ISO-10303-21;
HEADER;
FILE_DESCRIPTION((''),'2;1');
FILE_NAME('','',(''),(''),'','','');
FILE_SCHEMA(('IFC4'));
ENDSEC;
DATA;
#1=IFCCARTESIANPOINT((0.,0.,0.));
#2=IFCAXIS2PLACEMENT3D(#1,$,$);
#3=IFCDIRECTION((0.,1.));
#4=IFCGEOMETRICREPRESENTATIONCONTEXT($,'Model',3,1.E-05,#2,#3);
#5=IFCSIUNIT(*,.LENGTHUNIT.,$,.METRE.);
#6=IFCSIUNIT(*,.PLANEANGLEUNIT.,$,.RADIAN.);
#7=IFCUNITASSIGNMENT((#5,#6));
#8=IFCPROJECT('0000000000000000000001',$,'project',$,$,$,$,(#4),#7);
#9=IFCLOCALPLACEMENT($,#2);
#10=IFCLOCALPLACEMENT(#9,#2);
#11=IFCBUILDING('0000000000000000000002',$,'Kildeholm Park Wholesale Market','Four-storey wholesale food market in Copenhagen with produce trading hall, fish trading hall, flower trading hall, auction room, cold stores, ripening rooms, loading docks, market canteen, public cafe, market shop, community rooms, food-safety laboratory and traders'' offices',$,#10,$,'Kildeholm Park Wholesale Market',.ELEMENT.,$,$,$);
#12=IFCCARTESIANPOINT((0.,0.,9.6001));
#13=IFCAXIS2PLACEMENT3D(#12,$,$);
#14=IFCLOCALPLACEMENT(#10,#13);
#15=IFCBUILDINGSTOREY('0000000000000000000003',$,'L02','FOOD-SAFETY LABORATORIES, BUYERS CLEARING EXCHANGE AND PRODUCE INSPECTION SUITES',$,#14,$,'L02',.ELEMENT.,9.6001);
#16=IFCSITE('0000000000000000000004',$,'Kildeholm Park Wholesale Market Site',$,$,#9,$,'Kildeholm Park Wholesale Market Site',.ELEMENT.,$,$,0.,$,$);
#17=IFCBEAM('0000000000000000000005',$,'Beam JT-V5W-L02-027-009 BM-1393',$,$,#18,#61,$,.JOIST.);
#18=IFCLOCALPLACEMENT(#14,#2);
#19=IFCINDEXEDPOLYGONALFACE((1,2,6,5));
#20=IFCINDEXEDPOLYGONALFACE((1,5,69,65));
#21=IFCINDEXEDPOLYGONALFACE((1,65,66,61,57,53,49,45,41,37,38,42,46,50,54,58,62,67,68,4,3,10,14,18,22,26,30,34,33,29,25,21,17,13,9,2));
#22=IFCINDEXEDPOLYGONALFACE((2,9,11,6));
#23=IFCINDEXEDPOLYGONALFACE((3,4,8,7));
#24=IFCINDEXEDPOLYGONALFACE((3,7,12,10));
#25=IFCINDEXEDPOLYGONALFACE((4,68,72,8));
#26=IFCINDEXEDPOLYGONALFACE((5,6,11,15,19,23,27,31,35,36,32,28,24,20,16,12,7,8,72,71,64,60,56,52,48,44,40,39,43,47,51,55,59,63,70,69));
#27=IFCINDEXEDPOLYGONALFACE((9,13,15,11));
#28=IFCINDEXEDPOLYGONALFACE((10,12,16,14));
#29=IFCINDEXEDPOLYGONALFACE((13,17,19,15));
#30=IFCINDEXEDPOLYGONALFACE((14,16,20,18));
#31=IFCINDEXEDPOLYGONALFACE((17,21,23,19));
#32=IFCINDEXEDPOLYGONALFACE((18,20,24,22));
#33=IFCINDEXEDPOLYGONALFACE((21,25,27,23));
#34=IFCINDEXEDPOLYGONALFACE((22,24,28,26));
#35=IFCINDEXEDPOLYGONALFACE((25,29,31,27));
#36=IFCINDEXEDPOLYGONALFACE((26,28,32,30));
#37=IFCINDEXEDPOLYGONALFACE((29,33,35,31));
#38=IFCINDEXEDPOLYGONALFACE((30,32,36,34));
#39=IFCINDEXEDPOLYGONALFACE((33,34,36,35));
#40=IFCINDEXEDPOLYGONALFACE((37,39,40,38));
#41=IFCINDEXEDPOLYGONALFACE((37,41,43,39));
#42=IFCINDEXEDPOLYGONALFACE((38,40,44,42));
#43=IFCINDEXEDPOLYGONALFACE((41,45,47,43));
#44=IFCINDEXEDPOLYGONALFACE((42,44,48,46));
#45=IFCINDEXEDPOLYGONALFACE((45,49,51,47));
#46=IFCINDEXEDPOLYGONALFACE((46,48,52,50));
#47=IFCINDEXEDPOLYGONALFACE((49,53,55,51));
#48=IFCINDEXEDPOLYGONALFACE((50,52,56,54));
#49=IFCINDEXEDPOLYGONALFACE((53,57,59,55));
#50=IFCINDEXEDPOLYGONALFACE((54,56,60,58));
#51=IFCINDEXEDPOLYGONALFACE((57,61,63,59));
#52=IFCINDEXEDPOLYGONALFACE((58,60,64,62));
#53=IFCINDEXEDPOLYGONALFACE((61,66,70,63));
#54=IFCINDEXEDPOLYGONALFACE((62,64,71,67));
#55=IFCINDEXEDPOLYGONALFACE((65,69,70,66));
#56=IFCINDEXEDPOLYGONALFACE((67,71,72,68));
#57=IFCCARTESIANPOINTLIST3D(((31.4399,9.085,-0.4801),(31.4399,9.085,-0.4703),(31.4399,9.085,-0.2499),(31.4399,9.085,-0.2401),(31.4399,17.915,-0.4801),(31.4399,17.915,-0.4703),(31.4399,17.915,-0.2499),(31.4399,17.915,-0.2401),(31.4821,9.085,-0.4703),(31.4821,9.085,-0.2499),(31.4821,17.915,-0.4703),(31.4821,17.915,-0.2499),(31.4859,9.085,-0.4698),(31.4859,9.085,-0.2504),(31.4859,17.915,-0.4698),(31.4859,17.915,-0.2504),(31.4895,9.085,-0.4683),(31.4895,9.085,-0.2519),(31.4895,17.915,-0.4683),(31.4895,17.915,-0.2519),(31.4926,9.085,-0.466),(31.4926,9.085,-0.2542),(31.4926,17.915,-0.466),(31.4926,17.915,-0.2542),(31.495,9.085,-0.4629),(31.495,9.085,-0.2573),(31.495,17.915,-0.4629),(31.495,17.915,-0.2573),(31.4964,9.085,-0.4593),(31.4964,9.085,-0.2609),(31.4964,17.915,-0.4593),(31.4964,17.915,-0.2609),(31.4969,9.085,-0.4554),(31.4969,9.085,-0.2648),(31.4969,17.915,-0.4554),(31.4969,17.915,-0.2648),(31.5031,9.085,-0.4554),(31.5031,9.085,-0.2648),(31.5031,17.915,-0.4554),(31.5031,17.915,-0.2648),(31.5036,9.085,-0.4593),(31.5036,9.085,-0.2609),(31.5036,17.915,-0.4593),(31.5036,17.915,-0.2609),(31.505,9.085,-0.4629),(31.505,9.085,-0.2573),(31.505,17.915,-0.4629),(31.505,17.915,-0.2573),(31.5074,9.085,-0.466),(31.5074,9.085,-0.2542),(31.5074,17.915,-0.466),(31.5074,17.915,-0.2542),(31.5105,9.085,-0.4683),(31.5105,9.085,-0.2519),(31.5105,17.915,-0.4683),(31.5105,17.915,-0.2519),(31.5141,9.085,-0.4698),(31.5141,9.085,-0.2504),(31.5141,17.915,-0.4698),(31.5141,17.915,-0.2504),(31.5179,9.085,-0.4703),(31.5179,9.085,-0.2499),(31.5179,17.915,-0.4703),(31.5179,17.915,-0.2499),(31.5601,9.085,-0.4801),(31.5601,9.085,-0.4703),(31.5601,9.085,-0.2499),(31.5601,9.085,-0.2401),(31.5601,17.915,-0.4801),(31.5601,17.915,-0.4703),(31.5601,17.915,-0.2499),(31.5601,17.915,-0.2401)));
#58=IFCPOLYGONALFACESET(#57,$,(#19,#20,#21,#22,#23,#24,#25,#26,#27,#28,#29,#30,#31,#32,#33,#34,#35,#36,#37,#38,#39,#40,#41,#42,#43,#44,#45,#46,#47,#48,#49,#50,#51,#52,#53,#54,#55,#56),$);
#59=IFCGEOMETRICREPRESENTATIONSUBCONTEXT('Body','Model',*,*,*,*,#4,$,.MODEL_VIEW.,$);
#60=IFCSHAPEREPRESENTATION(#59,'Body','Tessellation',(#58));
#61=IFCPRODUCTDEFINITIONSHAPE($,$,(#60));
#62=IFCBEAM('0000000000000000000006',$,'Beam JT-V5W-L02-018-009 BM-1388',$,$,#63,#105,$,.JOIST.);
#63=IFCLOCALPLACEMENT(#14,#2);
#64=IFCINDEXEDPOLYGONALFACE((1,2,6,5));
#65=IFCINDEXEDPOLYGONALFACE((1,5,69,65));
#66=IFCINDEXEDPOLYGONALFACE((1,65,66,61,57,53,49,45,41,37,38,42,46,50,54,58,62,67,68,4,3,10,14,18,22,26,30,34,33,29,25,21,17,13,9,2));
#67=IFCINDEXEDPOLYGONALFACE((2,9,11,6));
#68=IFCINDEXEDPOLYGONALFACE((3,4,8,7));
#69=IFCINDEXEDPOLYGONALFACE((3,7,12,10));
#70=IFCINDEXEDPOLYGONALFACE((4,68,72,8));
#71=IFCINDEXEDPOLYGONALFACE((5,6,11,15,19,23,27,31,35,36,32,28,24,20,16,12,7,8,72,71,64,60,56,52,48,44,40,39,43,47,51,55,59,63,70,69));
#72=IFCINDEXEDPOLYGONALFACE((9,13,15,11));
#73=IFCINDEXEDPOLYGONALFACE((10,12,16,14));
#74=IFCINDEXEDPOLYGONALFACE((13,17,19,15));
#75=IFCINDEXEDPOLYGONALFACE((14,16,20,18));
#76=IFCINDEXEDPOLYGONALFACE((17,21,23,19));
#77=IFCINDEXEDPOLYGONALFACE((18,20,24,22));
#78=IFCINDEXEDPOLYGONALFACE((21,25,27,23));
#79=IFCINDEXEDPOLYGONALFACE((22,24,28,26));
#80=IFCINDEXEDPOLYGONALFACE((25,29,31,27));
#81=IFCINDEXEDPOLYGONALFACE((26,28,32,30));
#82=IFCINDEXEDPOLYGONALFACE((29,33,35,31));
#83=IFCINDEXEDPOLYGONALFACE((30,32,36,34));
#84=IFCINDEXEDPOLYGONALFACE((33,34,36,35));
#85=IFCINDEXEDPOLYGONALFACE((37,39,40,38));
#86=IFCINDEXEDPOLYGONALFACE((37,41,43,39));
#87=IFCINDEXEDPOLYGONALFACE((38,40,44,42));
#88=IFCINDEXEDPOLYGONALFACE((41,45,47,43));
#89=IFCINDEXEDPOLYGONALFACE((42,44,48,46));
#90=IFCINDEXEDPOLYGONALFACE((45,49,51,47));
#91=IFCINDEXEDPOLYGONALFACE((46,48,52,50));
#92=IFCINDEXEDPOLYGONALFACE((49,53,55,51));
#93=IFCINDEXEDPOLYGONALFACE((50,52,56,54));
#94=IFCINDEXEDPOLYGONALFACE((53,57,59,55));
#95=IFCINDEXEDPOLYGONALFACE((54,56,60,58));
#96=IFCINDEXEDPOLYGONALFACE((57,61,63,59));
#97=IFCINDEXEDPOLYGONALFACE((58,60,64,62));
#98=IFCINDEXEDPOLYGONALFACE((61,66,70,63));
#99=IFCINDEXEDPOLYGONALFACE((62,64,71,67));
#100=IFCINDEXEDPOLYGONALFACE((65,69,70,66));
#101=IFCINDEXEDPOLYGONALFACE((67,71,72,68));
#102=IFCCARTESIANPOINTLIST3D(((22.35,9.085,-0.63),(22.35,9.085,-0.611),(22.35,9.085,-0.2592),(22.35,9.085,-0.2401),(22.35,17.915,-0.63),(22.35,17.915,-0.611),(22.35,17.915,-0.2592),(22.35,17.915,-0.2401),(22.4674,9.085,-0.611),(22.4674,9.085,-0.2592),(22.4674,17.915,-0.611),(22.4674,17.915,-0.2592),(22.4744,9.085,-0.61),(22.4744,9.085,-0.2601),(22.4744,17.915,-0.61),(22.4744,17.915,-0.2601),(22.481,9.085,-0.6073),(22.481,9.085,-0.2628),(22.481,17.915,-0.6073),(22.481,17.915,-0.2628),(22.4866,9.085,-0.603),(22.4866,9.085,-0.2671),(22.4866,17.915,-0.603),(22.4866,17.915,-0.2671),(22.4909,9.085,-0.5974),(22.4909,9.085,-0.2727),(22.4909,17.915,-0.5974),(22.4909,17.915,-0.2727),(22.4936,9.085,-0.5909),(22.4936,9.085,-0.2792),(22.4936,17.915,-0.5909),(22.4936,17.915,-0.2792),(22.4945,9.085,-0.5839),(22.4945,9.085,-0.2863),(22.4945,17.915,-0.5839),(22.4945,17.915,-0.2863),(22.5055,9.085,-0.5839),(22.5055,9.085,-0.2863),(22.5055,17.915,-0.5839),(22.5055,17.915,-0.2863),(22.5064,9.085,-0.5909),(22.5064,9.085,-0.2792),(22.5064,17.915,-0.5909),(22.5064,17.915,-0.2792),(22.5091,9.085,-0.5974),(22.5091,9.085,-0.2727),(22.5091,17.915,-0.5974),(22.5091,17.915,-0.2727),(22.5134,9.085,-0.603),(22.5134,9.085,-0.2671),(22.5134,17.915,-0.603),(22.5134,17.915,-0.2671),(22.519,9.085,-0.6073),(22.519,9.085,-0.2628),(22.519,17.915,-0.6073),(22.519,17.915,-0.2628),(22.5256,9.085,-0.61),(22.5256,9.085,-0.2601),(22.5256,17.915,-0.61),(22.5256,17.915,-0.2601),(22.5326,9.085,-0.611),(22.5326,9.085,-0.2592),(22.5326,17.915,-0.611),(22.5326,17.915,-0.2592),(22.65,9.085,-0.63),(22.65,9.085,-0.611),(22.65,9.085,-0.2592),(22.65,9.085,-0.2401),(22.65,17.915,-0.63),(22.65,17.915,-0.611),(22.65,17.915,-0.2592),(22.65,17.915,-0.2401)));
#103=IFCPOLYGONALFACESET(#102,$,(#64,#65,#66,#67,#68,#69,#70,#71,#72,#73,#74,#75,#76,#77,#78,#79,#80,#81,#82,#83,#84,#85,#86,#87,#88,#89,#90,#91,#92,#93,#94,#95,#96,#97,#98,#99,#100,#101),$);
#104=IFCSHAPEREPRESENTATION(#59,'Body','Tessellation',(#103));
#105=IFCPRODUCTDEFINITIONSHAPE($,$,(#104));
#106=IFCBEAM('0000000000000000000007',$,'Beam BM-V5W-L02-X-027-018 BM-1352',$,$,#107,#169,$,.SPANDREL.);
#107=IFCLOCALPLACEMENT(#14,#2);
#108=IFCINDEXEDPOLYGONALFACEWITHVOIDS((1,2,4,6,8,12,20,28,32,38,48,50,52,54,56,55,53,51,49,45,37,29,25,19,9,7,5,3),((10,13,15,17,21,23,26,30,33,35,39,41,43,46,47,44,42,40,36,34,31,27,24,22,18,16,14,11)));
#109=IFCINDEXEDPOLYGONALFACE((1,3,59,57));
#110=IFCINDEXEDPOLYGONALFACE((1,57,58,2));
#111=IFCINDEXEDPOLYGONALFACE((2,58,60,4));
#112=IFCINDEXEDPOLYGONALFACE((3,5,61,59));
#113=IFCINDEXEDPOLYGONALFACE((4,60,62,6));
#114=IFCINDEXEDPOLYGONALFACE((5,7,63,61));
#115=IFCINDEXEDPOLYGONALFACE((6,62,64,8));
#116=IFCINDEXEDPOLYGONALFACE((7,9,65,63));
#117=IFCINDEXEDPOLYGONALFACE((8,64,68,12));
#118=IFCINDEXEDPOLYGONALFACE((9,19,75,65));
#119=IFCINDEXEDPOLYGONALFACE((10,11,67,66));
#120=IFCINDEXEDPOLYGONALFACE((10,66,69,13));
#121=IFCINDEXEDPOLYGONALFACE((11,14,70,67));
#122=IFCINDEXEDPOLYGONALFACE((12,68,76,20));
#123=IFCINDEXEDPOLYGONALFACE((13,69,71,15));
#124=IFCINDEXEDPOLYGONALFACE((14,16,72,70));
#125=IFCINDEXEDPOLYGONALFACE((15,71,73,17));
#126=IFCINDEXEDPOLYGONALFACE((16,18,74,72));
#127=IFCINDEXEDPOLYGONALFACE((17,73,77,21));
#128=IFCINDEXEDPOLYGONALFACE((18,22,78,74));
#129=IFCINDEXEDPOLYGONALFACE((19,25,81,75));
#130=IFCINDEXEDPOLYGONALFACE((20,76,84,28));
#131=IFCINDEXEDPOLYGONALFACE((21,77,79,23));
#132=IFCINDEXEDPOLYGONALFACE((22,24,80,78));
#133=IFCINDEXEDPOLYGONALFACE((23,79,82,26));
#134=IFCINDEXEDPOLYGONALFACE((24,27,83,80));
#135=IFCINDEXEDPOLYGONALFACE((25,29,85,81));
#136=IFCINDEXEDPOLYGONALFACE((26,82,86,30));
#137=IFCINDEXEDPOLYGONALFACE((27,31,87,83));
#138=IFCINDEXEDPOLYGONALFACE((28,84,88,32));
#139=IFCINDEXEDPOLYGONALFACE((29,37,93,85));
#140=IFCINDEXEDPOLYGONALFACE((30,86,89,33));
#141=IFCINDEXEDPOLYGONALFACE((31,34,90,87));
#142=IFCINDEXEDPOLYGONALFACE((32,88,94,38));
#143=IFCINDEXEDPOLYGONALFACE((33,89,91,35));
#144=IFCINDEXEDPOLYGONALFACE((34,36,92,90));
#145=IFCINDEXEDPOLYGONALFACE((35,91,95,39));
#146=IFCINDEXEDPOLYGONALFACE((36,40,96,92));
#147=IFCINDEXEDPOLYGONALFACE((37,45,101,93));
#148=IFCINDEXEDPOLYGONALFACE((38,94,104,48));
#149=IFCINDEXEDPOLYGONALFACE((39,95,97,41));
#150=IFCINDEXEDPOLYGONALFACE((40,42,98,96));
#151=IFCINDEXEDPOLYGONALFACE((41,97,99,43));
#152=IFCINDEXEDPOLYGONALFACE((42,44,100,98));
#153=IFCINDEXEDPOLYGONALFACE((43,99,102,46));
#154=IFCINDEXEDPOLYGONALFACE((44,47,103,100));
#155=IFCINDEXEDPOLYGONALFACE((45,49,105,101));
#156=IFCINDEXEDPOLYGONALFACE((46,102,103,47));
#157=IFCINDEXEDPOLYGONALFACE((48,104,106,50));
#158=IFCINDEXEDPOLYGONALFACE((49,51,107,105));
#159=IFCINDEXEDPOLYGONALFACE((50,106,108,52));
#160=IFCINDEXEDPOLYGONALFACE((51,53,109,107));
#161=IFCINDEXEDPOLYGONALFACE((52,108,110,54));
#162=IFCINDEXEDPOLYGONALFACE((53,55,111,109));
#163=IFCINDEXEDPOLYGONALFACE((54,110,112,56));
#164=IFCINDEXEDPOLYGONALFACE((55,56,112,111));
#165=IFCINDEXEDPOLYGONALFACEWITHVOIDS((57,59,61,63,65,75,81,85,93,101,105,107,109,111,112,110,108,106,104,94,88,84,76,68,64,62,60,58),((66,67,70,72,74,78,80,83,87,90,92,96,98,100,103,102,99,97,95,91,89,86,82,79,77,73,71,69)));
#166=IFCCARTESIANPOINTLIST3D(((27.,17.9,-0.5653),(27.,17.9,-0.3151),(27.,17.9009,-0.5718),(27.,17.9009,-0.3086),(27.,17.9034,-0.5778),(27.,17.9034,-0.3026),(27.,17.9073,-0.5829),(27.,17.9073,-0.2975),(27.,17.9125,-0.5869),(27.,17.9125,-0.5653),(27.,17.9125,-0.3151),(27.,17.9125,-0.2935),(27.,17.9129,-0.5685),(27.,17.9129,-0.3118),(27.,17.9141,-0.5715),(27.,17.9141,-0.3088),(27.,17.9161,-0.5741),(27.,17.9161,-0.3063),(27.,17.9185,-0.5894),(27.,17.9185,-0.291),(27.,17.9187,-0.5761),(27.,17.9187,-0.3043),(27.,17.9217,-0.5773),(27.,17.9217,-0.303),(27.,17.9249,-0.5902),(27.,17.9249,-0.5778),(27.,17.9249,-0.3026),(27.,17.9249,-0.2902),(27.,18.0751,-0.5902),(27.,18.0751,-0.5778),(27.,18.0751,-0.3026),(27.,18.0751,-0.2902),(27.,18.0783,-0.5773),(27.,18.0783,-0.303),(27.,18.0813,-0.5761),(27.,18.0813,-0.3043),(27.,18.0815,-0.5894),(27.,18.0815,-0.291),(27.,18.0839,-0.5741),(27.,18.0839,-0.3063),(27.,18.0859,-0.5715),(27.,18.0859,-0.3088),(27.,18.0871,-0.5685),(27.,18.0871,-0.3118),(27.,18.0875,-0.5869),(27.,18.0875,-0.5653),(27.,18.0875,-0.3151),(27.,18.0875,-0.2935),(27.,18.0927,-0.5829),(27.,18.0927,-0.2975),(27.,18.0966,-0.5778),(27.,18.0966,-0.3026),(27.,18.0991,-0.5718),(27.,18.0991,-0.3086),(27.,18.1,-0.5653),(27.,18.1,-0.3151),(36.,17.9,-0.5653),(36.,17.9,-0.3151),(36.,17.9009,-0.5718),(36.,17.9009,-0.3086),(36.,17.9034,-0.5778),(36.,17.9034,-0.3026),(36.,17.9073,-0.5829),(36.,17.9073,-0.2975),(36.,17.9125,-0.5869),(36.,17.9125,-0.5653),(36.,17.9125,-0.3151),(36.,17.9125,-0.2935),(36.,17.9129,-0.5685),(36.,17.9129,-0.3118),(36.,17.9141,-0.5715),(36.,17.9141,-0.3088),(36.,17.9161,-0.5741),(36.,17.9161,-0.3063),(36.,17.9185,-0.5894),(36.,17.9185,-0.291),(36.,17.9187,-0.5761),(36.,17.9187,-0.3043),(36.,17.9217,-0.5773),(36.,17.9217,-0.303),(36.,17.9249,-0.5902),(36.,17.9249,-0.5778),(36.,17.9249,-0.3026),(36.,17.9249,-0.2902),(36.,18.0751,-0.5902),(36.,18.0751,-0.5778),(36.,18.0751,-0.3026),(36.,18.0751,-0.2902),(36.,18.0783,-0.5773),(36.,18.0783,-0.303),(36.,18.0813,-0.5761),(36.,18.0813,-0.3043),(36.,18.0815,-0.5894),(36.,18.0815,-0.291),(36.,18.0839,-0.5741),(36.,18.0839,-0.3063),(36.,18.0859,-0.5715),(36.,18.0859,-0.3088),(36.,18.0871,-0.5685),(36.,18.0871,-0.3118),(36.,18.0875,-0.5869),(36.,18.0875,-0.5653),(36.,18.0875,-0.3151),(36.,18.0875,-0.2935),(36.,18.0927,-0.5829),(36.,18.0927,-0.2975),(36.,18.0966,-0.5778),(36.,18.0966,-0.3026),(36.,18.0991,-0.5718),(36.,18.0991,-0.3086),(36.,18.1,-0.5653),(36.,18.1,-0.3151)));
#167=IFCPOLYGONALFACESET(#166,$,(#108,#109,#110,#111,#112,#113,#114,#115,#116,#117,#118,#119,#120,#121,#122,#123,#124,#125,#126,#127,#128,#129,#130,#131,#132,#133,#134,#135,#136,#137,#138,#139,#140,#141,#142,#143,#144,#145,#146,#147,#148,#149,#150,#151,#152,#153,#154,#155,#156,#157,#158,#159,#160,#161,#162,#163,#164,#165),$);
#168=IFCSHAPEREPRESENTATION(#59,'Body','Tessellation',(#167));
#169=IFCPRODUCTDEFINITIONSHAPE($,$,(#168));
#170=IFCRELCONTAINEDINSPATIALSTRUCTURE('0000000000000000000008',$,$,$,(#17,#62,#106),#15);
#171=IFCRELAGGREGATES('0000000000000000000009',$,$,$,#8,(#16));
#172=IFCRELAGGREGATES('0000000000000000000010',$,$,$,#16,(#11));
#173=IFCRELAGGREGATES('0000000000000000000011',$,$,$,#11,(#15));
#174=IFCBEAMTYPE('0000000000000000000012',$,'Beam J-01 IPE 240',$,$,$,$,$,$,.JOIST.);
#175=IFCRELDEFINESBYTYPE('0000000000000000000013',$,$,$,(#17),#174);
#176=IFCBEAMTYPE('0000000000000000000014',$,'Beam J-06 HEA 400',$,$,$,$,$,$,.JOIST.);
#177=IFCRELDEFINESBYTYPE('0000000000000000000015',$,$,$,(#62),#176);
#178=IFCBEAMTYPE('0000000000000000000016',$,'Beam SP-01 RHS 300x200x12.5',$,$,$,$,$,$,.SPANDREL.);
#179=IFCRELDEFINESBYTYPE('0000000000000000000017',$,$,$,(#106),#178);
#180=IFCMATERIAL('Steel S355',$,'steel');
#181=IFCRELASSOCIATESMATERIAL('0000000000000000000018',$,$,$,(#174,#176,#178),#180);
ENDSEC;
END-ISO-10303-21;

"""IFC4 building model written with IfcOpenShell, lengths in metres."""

from ifc_helpers import new_model, si_unit, direction, frame, origin, origin_2d, place, context, subcontext, project, spatial, hollow_rectangle, i_section, extrude, material, material_profile, profile_set, type_object, element, save


model = new_model("IFC4")

# Units and contexts
model_context = context("Model", 3, precision=1e-05, world=origin(), true_north=direction((0.0, 1.0)))
body_context = subcontext(model_context, "Body", "Model", "MODEL_VIEW")
ifc_project = project(units=[si_unit("LENGTHUNIT", "METRE"), si_unit("PLANEANGLEUNIT", "RADIAN")], contexts=[model_context])

# Site, building, storey
site_placement = place(None, origin())
site = spatial("IfcSite", under=ifc_project, at=site_placement, Name="Kildeholm Park Wholesale Market Site", LongName="Kildeholm Park Wholesale Market Site", CompositionType="ELEMENT", RefElevation=0.0)
building_placement = place(site_placement, origin())
building = spatial("IfcBuilding", under=site, at=building_placement, Name="Kildeholm Park Wholesale Market", Description="Four-storey wholesale food market in Copenhagen with produce trading hall, fish trading hall, flower trading hall, auction room, cold stores, ripening rooms, loading docks, market canteen, public cafe, market shop, community rooms, food-safety laboratory and traders' offices", LongName="Kildeholm Park Wholesale Market", CompositionType="ELEMENT")
storey_placement = place(building_placement, frame((0.0, 0.0, 9.6001)))
storey = spatial("IfcBuildingStorey", under=building, at=storey_placement, Name="L02", Description="FOOD-SAFETY LABORATORIES, BUYERS CLEARING EXCHANGE AND PRODUCE INSPECTION SUITES", LongName="L02", CompositionType="ELEMENT", Elevation=9.6001)

# Shared definitions
ifc_material_1 = material(Name="Steel S355", Category="steel")

# Beams
ifc_material_profile_1 = material_profile(ifc_material_1, i_section(OverallWidth=0.1201, OverallDepth=0.24, WebThickness=0.0061, FlangeThickness=0.0098, FilletRadius=0.0149, at=origin_2d()), Name="IPE 240")
ifc_profile_set_1 = profile_set([ifc_material_profile_1], Name="Steel S355")
beam_type_1 = type_object("IfcBeamType", Name="Beam J-01 IPE 240", PredefinedType="JOIST", material=ifc_profile_set_1)
beam_1_placement = place(storey_placement, frame((31.5, 9.085, -0.3601), z_axis=(0.0, 1.0, 0.0), x_axis=(-1.0, 0.0, 0.0)))
element("IfcBeam", 1, at=beam_1_placement, inside=storey, type_object=beam_type_1, Name="Beam JT-V5W-L02-027-009 BM-1393", PredefinedType="JOIST", context=body_context, shape_type="SweptSolid", body=[
    extrude(i_section(OverallWidth=0.1201, OverallDepth=0.24, WebThickness=0.0061, FlangeThickness=0.0098, FilletRadius=0.0149, at=origin_2d()), origin(), (0.0, 0.0, 1.0), 8.8301),
])
ifc_material_profile_2 = material_profile(ifc_material_1, i_section(OverallWidth=0.3, OverallDepth=0.3899, WebThickness=0.011, FlangeThickness=0.019, FilletRadius=0.0271, at=origin_2d()), Name="HEA 400")
ifc_profile_set_2 = profile_set([ifc_material_profile_2], Name="Steel S355")
beam_type_2 = type_object("IfcBeamType", Name="Beam J-06 HEA 400", PredefinedType="JOIST", material=ifc_profile_set_2)
beam_2_placement = place(storey_placement, frame((22.5, 9.085, -0.4351), z_axis=(0.0, 1.0, 0.0), x_axis=(-1.0, 0.0, 0.0)))
element("IfcBeam", 2, at=beam_2_placement, inside=storey, type_object=beam_type_2, Name="Beam JT-V5W-L02-018-009 BM-1388", PredefinedType="JOIST", context=body_context, shape_type="SweptSolid", body=[
    extrude(i_section(OverallWidth=0.3, OverallDepth=0.3899, WebThickness=0.011, FlangeThickness=0.019, FilletRadius=0.0271, at=origin_2d()), origin(), (0.0, 0.0, 1.0), 8.8301),
])
ifc_material_profile_3 = material_profile(ifc_material_1, hollow_rectangle(XDim=0.2, YDim=0.3, WallThickness=0.0125, InnerFilletRadius=0.0125, OuterFilletRadius=0.0249, at=origin_2d()), Name="RHS 300x200x12.5")
ifc_profile_set_3 = profile_set([ifc_material_profile_3], Name="Steel S355")
beam_type_3 = type_object("IfcBeamType", Name="Beam SP-01 RHS 300x200x12.5", PredefinedType="SPANDREL", material=ifc_profile_set_3)
beam_3_placement = place(storey_placement, frame((27.0, 18.0, -0.4402), z_axis=(1.0, 0.0, 0.0), x_axis=(0.0, 1.0, 0.0)))
element("IfcBeam", 3, at=beam_3_placement, inside=storey, type_object=beam_type_3, Name="Beam BM-V5W-L02-X-027-018 BM-1352", PredefinedType="SPANDREL", context=body_context, shape_type="SweptSolid", body=[
    extrude(hollow_rectangle(XDim=0.2, YDim=0.3, WallThickness=0.0125, InnerFilletRadius=0.0125, OuterFilletRadius=0.0249, at=origin_2d()), origin(), (0.0, 0.0, 1.0), 9.0),
])

save(model, "model.ifc")
